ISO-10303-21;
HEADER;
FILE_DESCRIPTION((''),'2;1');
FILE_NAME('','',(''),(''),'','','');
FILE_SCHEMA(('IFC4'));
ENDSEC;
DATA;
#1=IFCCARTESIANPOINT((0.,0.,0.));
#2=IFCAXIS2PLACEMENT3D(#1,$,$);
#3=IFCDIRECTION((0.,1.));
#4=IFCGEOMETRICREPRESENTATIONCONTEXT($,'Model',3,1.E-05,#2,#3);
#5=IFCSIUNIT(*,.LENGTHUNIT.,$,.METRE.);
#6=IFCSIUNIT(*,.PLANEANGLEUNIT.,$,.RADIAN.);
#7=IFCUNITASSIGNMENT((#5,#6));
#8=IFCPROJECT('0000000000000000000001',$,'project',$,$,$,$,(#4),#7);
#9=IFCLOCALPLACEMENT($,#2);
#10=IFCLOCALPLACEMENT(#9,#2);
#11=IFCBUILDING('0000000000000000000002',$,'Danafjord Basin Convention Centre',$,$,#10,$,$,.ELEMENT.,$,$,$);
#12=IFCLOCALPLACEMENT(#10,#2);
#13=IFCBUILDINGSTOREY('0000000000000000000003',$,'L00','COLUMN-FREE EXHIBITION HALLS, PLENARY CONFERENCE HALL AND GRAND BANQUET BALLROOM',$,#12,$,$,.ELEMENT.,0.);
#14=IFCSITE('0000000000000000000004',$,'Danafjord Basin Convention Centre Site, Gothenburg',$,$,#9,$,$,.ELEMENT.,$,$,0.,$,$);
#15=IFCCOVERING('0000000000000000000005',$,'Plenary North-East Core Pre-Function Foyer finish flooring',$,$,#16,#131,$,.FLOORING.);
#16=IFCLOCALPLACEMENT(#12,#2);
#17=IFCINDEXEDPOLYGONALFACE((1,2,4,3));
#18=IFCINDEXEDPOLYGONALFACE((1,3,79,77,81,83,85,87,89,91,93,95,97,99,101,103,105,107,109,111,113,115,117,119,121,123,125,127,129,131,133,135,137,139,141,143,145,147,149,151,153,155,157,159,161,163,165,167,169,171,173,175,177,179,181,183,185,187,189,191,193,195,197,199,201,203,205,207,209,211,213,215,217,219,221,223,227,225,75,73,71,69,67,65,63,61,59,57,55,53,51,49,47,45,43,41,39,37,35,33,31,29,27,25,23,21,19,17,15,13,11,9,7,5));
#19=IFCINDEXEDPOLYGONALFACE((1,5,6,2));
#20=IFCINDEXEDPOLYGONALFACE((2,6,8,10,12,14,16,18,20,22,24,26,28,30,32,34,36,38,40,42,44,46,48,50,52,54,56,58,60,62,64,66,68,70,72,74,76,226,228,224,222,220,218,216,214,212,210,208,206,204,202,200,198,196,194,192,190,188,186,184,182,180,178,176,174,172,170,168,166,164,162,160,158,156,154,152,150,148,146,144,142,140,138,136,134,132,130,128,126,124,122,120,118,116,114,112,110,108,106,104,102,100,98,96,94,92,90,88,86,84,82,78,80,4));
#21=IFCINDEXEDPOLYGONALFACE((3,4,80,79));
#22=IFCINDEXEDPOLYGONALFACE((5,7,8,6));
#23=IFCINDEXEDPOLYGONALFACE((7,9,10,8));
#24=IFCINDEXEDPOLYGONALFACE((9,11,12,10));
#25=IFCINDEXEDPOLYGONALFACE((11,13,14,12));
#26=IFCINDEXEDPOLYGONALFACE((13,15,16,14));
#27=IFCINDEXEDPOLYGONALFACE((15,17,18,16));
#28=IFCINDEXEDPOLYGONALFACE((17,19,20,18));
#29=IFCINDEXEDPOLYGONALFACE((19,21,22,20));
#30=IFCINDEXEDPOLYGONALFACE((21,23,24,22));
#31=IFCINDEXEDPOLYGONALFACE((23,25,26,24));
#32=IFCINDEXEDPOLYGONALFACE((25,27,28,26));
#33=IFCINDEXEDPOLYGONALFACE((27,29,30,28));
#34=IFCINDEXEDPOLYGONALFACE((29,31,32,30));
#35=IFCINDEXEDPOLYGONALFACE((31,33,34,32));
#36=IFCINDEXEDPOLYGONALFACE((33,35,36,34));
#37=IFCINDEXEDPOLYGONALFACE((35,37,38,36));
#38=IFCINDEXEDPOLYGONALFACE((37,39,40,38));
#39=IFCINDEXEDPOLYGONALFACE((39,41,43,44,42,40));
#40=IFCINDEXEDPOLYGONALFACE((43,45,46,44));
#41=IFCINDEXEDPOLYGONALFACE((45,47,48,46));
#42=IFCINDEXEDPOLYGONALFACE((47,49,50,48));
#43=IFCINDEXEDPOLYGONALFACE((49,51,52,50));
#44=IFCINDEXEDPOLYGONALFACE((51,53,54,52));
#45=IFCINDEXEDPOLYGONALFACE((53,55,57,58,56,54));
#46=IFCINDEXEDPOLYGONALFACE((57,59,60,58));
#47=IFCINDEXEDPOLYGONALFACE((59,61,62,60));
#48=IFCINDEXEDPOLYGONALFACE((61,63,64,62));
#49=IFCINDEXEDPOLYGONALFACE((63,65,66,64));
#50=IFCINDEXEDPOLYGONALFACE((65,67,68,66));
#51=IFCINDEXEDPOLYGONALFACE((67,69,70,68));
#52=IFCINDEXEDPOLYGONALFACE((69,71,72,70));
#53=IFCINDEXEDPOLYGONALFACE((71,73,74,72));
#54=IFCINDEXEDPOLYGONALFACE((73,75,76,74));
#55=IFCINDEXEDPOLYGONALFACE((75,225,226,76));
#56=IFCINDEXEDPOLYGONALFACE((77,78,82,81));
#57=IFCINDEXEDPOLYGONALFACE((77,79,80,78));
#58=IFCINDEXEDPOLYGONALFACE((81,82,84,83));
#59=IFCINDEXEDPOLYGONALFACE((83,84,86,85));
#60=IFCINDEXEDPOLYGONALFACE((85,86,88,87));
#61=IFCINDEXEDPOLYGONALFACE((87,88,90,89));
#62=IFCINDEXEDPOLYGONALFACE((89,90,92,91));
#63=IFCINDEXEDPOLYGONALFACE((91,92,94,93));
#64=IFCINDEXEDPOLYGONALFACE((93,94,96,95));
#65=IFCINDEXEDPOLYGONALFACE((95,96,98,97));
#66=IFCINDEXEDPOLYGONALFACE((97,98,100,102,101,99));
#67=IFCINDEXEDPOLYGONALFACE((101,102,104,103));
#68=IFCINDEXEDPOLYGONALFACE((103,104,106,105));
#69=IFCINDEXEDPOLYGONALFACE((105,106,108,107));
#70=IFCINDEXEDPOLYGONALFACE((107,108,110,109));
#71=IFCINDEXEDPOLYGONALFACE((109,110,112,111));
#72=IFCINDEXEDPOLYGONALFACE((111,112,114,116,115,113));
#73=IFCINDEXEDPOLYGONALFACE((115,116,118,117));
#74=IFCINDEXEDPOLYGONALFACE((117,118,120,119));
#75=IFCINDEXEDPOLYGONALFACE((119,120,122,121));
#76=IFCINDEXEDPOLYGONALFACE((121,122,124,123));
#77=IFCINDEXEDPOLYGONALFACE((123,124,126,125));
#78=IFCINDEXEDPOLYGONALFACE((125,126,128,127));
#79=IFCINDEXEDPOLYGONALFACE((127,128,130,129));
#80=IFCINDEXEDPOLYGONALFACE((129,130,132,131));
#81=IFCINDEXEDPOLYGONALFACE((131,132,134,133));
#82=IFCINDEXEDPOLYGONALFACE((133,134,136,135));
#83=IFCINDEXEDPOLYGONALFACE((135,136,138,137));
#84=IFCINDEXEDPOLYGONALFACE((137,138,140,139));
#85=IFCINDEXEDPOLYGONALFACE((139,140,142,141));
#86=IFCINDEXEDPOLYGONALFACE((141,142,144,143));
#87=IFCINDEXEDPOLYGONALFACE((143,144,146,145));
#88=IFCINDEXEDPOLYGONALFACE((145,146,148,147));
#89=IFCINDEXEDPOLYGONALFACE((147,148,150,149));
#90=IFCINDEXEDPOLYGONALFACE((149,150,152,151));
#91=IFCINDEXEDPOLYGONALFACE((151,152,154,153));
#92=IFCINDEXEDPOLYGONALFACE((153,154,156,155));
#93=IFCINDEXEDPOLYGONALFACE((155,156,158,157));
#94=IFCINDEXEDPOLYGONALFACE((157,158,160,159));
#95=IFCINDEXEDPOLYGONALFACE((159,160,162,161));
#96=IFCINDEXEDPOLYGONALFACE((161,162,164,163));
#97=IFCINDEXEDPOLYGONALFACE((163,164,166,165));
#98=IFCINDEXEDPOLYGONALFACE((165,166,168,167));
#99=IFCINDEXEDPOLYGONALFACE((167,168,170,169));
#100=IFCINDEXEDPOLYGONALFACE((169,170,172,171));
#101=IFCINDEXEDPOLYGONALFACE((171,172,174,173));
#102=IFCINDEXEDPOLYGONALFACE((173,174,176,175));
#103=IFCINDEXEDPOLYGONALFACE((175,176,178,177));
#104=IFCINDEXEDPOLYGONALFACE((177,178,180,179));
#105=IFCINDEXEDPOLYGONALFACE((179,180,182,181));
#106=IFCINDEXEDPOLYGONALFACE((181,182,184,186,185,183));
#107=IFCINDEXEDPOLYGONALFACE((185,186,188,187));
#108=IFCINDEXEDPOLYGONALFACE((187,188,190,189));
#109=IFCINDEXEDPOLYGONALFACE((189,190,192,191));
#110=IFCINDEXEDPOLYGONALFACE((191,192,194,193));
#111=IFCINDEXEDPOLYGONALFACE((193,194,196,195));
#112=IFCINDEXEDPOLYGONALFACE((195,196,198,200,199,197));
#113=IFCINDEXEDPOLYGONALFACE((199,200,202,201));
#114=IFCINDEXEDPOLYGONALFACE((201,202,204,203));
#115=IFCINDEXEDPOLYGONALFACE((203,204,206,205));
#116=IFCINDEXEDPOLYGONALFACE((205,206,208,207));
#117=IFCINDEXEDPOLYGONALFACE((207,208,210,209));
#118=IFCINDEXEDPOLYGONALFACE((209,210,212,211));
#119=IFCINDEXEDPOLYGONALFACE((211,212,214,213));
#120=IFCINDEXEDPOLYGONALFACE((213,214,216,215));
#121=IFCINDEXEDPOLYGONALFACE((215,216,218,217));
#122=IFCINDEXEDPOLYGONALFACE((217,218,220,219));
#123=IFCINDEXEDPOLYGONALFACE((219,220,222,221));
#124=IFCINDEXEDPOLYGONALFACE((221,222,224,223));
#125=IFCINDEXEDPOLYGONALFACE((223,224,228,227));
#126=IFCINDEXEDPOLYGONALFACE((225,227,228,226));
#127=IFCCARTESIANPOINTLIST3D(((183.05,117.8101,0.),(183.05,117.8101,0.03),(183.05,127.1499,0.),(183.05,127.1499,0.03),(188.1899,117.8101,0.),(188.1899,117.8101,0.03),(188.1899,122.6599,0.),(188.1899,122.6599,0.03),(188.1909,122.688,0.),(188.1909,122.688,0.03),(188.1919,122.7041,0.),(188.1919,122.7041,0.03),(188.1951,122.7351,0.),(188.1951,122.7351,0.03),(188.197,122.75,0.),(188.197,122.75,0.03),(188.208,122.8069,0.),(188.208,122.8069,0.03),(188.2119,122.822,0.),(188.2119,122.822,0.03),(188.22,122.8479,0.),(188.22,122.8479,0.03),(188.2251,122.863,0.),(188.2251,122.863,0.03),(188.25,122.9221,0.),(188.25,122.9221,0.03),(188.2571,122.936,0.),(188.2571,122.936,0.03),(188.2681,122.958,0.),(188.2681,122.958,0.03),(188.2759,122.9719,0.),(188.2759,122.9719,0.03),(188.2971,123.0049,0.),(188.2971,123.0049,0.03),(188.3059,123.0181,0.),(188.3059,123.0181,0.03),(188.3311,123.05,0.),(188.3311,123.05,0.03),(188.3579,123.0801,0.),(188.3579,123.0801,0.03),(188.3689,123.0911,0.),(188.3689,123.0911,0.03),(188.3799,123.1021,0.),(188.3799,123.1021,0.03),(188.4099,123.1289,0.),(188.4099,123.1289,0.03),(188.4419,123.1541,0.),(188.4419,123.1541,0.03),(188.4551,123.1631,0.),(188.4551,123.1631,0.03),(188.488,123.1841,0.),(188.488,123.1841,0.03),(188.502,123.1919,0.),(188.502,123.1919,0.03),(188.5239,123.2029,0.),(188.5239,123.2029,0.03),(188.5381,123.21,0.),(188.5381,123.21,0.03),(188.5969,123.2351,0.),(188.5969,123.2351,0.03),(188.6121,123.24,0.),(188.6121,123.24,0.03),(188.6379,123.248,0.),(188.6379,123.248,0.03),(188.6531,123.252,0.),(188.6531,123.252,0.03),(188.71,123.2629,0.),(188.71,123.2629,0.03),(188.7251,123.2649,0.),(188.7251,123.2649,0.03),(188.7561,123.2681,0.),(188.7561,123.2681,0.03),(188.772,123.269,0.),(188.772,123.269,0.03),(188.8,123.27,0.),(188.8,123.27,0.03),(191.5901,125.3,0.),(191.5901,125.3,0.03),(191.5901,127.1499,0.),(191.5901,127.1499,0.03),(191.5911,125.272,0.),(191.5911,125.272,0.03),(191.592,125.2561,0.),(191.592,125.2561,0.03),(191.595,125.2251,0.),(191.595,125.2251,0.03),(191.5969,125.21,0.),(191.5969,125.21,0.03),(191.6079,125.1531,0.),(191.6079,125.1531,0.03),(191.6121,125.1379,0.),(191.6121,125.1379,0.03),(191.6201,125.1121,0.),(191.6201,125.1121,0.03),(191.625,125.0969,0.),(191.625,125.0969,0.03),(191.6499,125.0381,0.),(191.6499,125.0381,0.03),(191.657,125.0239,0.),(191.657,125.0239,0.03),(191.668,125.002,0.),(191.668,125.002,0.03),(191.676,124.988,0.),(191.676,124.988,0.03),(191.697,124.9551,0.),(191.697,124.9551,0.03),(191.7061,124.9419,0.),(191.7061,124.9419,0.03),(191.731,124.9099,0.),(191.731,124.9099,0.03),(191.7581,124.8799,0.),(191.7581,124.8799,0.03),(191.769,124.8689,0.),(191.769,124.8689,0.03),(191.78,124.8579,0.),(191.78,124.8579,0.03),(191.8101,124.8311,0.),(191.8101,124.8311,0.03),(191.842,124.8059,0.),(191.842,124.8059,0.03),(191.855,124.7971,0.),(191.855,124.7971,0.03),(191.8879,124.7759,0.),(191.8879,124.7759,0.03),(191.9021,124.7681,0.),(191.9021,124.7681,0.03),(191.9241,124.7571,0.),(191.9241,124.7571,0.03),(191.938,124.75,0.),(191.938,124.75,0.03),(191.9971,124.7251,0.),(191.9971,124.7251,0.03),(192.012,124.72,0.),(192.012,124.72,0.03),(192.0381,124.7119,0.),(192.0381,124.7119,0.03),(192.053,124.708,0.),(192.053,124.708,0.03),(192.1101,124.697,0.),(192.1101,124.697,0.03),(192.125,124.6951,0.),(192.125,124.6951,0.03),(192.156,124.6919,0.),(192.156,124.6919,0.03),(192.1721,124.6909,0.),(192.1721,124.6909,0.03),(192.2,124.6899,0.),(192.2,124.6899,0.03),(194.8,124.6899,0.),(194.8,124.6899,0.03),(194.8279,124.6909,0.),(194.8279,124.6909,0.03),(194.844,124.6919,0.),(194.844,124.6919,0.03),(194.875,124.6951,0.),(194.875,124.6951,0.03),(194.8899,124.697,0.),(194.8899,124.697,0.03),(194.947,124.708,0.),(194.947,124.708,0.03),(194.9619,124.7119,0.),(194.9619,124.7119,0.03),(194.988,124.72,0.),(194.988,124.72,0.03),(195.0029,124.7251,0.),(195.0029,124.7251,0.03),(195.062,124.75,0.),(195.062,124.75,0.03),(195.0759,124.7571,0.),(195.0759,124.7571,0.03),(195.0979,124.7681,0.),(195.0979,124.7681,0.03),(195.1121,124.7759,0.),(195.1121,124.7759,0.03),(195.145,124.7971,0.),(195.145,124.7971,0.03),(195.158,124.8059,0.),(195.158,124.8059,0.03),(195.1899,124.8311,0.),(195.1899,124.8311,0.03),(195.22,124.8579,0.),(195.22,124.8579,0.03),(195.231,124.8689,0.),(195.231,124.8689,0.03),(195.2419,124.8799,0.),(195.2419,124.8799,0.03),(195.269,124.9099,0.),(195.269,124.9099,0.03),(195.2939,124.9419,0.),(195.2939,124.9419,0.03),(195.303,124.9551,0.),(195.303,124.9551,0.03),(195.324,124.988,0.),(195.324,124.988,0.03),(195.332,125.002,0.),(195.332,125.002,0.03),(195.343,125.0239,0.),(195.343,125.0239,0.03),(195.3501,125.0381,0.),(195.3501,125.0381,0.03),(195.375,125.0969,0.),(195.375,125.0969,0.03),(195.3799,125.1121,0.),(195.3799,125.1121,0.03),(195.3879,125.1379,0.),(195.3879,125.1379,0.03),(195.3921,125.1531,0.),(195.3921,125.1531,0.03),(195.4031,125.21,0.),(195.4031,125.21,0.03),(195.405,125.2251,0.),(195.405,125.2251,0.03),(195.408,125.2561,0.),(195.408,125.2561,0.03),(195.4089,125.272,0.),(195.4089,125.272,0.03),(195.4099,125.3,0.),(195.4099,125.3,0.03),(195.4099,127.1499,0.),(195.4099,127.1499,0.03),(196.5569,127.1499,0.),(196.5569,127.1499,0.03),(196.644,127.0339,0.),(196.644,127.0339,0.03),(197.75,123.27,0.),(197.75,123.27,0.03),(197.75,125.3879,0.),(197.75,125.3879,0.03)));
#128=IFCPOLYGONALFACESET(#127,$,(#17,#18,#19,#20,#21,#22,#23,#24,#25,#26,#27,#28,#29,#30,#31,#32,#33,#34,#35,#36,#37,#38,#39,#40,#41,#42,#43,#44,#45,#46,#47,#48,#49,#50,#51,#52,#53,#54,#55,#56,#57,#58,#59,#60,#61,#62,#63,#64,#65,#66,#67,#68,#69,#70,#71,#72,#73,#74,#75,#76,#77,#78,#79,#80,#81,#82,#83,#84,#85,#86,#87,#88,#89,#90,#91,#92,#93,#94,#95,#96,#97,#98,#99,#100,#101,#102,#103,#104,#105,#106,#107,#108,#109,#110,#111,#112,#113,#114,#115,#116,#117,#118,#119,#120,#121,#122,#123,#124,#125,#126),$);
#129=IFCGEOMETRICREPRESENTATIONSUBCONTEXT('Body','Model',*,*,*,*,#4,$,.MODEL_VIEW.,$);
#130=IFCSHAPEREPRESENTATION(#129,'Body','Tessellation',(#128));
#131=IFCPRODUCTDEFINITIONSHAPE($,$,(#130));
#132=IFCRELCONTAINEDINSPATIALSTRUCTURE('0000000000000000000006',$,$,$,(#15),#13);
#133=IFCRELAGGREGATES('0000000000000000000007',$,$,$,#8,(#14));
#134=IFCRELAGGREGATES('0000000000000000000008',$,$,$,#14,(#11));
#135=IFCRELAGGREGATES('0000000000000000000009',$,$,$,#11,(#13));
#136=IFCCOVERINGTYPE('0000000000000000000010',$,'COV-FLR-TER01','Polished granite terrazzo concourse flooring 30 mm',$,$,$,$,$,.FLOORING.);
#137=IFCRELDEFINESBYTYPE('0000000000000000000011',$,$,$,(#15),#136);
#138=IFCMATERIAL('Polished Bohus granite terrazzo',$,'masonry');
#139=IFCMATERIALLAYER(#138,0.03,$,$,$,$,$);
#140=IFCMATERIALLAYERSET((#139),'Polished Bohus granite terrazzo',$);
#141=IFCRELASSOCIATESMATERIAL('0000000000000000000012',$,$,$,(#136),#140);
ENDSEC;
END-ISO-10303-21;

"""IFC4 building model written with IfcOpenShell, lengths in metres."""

from ifc_helpers import new_model, si_unit, direction, origin, place, context, subcontext, project, spatial, polyline, outline, extrude, material, layer, layer_set, type_object, element, save


model = new_model("IFC4")

# Units and contexts
model_context = context("Model", 3, precision=1e-05, world=origin(), true_north=direction((0.0, 1.0)))
body_context = subcontext(model_context, "Body", "Model", "MODEL_VIEW")
ifc_project = project(units=[si_unit("LENGTHUNIT", "METRE"), si_unit("PLANEANGLEUNIT", "RADIAN")], contexts=[model_context])

# Site, building, storey
site_placement = place(None, origin())
site = spatial("IfcSite", under=ifc_project, at=site_placement, Name="Danafjord Basin Convention Centre Site, Gothenburg", CompositionType="ELEMENT", RefElevation=0.0)
building_placement = place(site_placement, origin())
building = spatial("IfcBuilding", under=site, at=building_placement, Name="Danafjord Basin Convention Centre", CompositionType="ELEMENT")
storey_placement = place(building_placement, origin())
storey = spatial("IfcBuildingStorey", under=building, at=storey_placement, Name="L00", Description="COLUMN-FREE EXHIBITION HALLS, PLENARY CONFERENCE HALL AND GRAND BANQUET BALLROOM", CompositionType="ELEMENT", Elevation=0.0)

# Covering
ifc_material_1 = material(Name="Polished Bohus granite terrazzo", Category="masonry")
ifc_layer_1 = layer(ifc_material_1, 0.03)
ifc_layer_set_1 = layer_set([ifc_layer_1], Name="Polished Bohus granite terrazzo")
covering_type_1 = type_object("IfcCoveringType", Name="COV-FLR-TER01", Description="Polished granite terrazzo concourse flooring 30 mm", PredefinedType="FLOORING", material=ifc_layer_set_1)
covering_1_placement = place(storey_placement, origin())
element("IfcCovering", 1, at=covering_1_placement, inside=storey, type_object=covering_type_1, Name="Plenary North-East Core Pre-Function Foyer finish flooring", PredefinedType="FLOORING", context=body_context, shape_type="SweptSolid", body=[
    extrude(outline(polyline([(191.5901, 127.1499), (191.5901, 125.3), (191.5911, 125.272), (191.592, 125.2561), (191.595, 125.2251), (191.5969, 125.21), (191.6079, 125.1531), (191.6121, 125.1379), (191.6201, 125.1121), (191.625, 125.0969), (191.6499, 125.0381), (191.657, 125.0239), (191.668, 125.002), (191.676, 124.988), (191.697, 124.9551), (191.7061, 124.9419), (191.731, 124.9099), (191.7581, 124.8799), (191.769, 124.8689), (191.78, 124.8579), (191.8101, 124.8311), (191.842, 124.8059), (191.855, 124.7971), (191.8879, 124.7759), (191.9021, 124.7681), (191.9241, 124.7571), (191.938, 124.75), (191.9971, 124.7251), (192.012, 124.72), (192.0381, 124.7119), (192.053, 124.708), (192.1101, 124.697), (192.125, 124.6951), (192.156, 124.6919), (192.1721, 124.6909), (192.2, 124.6899), (194.8, 124.6899), (194.8279, 124.6909), (194.844, 124.6919), (194.875, 124.6951), (194.8899, 124.697), (194.947, 124.708), (194.9619, 124.7119), (194.988, 124.72), (195.0029, 124.7251), (195.062, 124.75), (195.0759, 124.7571), (195.0979, 124.7681), (195.1121, 124.7759), (195.145, 124.7971), (195.158, 124.8059), (195.1899, 124.8311), (195.22, 124.8579), (195.231, 124.8689), (195.2419, 124.8799), (195.269, 124.9099), (195.2939, 124.9419), (195.303, 124.9551), (195.324, 124.988), (195.332, 125.002), (195.343, 125.0239), (195.3501, 125.0381), (195.375, 125.0969), (195.3799, 125.1121), (195.3879, 125.1379), (195.3921, 125.1531), (195.4031, 125.21), (195.405, 125.2251), (195.408, 125.2561), (195.4089, 125.272), (195.4099, 125.3), (195.4099, 127.1499), (196.5569, 127.1499), (196.644, 127.0339), (197.75, 125.3879), (197.75, 123.27), (188.8, 123.27), (188.772, 123.269), (188.7561, 123.2681), (188.7251, 123.2649), (188.71, 123.2629), (188.6531, 123.252), (188.6379, 123.248), (188.6121, 123.24), (188.5969, 123.2351), (188.5381, 123.21), (188.5239, 123.2029), (188.502, 123.1919), (188.488, 123.1841), (188.4551, 123.1631), (188.4419, 123.1541), (188.4099, 123.1289), (188.3799, 123.1021), (188.3689, 123.0911), (188.3579, 123.0801), (188.3311, 123.05), (188.3059, 123.0181), (188.2971, 123.0049), (188.2759, 122.9719), (188.2681, 122.958), (188.2571, 122.936), (188.25, 122.9221), (188.2251, 122.863), (188.22, 122.8479), (188.2119, 122.822), (188.208, 122.8069), (188.197, 122.75), (188.1951, 122.7351), (188.1919, 122.7041), (188.1909, 122.688), (188.1899, 122.6599), (188.1899, 117.8101), (183.05, 117.8101), (183.05, 127.1499), (191.5901, 127.1499)])), origin(), (0.0, 0.0, 1.0), 0.03),
])

save(model, "model.ifc")
